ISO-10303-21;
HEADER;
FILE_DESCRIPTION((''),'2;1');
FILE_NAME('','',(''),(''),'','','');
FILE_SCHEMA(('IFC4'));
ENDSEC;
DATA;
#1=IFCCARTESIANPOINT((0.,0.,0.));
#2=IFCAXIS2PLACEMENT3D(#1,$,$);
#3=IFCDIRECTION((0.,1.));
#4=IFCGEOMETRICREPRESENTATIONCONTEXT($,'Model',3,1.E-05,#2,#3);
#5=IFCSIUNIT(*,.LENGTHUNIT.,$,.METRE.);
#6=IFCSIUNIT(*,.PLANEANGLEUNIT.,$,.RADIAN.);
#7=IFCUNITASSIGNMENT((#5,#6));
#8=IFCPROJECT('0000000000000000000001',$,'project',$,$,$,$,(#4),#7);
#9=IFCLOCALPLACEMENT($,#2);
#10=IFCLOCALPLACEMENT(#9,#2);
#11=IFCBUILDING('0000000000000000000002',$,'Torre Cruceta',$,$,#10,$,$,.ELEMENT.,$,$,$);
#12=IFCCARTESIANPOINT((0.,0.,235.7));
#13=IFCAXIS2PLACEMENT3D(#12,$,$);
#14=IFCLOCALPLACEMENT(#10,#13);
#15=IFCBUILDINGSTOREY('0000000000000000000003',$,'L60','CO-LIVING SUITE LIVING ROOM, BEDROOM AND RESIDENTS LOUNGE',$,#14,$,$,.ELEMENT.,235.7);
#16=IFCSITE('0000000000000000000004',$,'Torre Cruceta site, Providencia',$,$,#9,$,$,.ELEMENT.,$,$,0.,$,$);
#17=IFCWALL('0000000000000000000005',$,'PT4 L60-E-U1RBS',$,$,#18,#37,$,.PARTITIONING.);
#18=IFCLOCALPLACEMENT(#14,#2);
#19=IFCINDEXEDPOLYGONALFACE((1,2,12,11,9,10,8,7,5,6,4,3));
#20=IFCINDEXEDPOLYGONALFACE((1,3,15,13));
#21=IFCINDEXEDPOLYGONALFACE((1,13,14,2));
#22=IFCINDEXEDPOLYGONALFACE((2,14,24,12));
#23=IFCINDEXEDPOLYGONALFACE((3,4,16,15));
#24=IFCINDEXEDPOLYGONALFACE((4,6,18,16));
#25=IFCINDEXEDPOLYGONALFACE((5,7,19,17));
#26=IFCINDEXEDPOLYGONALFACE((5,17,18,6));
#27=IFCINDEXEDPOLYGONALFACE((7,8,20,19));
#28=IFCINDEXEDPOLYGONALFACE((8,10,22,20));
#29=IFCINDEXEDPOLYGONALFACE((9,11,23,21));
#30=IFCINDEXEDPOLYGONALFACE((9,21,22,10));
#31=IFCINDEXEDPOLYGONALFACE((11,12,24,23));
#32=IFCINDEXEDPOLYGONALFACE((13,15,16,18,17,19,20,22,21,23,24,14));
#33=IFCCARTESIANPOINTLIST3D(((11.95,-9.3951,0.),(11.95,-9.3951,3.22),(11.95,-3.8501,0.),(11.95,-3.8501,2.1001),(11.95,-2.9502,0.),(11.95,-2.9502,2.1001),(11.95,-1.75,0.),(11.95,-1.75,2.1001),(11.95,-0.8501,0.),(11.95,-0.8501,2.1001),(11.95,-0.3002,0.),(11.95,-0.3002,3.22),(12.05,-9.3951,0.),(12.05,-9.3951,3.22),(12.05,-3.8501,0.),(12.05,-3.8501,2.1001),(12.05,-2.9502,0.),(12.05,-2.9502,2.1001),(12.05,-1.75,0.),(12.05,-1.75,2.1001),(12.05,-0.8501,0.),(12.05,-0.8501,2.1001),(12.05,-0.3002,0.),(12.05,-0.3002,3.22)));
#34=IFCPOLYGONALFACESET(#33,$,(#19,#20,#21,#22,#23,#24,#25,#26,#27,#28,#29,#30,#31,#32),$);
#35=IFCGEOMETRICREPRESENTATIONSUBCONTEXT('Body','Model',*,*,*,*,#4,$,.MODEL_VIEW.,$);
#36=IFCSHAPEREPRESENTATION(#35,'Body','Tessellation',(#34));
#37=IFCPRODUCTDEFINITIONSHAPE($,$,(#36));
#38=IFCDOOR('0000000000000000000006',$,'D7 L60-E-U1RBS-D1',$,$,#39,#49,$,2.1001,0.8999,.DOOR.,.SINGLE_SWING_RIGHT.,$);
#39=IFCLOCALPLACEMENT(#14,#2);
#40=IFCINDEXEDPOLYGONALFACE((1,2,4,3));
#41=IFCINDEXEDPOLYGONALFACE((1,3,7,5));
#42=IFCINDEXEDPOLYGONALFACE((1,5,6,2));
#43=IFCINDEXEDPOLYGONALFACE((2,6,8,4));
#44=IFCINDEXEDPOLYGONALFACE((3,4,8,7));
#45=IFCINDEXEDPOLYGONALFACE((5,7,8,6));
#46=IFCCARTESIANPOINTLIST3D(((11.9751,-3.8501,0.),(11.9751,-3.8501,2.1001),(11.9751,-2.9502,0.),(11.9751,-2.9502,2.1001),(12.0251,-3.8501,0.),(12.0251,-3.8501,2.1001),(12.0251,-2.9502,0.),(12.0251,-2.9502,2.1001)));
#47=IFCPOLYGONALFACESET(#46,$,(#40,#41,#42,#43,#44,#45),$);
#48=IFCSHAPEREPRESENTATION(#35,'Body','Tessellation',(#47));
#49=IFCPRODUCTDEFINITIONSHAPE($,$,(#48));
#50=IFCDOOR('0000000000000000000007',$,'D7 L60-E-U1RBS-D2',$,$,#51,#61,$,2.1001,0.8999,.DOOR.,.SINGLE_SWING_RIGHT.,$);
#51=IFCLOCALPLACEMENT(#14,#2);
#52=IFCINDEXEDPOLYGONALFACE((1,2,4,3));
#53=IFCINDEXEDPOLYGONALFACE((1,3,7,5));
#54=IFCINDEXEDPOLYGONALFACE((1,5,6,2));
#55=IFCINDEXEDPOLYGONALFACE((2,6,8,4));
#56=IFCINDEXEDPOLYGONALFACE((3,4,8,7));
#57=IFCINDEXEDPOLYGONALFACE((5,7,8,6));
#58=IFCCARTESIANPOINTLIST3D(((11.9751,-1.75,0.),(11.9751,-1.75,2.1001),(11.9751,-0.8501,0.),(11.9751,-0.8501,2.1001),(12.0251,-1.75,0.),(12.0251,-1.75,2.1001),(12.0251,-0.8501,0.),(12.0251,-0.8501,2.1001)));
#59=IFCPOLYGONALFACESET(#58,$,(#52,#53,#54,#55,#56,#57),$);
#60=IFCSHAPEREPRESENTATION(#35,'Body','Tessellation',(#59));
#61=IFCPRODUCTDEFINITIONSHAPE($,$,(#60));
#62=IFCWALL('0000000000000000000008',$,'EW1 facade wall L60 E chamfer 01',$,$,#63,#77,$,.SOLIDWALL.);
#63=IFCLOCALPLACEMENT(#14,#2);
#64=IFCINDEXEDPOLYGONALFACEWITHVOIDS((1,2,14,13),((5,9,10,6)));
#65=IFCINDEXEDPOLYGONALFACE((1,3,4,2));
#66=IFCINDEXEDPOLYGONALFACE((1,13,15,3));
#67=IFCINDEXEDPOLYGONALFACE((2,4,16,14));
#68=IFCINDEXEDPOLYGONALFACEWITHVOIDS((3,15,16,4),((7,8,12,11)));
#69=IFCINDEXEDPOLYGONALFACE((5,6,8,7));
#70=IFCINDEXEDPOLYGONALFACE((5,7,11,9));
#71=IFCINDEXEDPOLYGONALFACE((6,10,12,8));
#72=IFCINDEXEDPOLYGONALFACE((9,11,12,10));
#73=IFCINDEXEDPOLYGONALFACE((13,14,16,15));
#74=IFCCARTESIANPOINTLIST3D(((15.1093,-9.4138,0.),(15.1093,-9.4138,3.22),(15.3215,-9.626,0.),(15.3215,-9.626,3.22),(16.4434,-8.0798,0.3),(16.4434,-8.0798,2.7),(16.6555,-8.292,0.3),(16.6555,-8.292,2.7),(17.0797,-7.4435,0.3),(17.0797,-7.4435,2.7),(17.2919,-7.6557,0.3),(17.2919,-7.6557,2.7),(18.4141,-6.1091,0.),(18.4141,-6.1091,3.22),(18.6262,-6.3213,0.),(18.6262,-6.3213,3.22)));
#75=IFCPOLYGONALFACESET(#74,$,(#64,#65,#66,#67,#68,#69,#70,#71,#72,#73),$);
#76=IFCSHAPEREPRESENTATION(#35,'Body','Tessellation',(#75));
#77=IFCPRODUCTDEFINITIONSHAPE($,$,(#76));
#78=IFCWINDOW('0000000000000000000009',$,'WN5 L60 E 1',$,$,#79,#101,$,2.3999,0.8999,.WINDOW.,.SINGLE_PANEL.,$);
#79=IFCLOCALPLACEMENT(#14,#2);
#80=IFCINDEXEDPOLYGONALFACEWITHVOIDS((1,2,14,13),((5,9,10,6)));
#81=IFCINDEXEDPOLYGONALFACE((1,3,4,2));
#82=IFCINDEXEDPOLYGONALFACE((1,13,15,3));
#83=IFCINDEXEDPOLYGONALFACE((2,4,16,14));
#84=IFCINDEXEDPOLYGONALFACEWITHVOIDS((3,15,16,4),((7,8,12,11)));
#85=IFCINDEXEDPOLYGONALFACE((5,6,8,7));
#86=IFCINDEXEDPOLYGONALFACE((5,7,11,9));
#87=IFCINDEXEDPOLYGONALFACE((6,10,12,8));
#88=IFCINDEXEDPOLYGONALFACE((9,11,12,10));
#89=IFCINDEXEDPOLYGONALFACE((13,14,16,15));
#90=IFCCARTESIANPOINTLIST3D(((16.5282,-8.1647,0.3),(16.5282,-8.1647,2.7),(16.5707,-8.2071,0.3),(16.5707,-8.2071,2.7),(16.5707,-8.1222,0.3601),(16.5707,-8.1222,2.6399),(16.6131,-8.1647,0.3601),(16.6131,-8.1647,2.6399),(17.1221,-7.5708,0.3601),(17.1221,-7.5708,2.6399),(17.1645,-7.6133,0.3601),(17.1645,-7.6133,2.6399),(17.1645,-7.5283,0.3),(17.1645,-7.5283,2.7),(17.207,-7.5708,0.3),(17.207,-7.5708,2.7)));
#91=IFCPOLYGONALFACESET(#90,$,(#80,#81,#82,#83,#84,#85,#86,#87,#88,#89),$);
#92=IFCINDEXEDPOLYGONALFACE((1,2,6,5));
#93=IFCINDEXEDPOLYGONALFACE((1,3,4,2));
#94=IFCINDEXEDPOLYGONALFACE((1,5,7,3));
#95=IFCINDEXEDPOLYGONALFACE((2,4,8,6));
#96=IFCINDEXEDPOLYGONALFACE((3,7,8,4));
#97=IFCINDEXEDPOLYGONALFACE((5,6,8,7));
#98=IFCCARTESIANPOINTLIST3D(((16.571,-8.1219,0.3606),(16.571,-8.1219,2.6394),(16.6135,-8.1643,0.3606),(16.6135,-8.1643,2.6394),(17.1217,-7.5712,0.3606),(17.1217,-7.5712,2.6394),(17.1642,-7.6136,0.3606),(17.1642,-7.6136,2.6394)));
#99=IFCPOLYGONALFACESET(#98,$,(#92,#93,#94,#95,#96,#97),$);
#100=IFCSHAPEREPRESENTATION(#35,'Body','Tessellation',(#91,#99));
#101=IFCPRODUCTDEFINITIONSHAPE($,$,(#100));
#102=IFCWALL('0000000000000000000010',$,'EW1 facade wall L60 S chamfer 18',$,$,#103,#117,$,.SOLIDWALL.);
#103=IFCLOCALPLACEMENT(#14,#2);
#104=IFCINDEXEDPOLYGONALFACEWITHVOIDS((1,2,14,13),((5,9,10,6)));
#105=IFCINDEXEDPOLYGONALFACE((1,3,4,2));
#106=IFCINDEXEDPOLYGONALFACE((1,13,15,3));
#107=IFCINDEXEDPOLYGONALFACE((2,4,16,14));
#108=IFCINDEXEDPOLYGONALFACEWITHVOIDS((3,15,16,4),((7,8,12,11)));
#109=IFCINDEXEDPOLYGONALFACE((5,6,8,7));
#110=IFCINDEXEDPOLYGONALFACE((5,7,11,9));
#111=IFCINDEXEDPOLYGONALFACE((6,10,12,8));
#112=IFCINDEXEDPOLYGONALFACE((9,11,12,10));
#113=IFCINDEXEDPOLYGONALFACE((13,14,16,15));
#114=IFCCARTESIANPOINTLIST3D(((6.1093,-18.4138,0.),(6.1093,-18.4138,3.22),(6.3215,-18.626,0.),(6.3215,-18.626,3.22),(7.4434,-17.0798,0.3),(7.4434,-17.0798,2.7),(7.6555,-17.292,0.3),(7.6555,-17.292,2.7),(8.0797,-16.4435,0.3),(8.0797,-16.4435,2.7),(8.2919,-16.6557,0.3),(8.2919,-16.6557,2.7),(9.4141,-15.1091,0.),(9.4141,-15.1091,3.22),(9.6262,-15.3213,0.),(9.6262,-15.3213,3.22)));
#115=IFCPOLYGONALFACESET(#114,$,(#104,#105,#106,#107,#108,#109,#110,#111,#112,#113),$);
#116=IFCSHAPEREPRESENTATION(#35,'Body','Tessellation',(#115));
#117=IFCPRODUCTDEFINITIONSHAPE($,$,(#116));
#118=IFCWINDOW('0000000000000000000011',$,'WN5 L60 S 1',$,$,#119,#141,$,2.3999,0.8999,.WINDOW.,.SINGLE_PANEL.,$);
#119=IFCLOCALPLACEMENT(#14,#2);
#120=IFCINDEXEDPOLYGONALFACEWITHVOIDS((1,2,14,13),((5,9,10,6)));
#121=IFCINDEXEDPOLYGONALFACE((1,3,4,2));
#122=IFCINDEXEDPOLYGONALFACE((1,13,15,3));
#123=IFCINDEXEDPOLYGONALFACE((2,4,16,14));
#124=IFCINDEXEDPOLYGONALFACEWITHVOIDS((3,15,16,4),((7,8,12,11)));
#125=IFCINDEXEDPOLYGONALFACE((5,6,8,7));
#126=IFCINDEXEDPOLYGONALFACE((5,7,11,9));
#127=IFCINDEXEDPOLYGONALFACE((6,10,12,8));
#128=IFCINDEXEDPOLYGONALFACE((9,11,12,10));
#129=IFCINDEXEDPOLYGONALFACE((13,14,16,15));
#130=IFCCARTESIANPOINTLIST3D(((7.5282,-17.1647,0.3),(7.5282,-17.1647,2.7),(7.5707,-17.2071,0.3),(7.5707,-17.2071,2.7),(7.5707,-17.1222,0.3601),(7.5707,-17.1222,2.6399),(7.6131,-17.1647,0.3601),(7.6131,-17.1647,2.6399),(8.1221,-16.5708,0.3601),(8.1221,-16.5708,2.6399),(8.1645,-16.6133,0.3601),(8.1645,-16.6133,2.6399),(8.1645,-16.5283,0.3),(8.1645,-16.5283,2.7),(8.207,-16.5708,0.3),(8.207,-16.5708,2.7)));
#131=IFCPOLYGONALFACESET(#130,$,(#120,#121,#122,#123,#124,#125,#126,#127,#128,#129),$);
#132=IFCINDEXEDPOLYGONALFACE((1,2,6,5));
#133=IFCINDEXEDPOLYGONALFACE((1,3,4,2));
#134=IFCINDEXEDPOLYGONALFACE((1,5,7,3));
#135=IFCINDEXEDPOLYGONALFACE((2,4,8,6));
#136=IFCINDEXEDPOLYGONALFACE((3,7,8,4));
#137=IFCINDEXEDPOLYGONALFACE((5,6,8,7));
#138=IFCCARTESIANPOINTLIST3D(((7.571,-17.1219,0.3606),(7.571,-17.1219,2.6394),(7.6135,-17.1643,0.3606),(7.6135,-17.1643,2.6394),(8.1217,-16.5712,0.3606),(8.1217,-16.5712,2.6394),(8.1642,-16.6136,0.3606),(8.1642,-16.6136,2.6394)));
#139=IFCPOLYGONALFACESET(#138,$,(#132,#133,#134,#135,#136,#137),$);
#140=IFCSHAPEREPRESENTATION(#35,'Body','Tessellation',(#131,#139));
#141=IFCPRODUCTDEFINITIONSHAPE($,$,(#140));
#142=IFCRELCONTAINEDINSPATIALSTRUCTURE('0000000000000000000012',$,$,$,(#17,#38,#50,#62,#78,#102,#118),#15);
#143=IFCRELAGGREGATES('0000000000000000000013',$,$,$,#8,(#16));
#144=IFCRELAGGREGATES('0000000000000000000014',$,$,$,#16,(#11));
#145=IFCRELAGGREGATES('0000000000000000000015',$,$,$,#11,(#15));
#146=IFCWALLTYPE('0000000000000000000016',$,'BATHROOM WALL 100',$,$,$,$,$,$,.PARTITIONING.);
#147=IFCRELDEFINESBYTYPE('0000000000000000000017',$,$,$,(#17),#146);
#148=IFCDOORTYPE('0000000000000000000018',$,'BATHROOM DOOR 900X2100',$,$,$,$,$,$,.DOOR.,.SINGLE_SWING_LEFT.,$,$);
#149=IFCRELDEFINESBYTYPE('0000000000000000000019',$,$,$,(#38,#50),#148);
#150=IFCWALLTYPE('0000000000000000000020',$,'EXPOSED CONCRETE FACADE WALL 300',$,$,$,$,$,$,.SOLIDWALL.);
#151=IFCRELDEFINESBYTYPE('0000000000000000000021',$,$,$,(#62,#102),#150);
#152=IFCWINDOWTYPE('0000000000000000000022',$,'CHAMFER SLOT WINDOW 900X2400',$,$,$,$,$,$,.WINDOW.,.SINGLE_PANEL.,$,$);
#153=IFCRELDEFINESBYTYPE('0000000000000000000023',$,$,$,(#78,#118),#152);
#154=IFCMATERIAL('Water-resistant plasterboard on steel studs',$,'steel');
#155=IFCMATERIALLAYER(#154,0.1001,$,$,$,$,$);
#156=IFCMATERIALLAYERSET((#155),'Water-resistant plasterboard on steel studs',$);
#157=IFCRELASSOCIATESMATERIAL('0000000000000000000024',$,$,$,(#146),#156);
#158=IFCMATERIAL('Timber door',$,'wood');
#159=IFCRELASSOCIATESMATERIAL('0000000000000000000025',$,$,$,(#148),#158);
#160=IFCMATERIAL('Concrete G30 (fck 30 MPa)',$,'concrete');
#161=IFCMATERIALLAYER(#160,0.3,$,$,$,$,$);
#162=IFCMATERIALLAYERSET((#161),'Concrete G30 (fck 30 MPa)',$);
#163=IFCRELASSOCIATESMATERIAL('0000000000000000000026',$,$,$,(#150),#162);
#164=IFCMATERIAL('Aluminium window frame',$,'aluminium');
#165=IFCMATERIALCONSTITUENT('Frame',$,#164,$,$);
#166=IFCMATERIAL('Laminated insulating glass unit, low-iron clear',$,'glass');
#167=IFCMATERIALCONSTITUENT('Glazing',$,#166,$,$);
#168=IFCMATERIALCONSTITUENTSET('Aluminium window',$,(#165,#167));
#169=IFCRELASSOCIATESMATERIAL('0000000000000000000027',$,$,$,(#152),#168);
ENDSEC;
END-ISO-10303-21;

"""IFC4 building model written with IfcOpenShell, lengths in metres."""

from ifc_helpers import new_model, si_unit, direction, frame, frame_2d, origin, place, context, subcontext, project, spatial, rectangle, hollow_rectangle, extrude, material, layer, layer_set, constituent, constituent_set, type_object, element, fill, save


model = new_model("IFC4")

# Units and contexts
model_context = context("Model", 3, precision=1e-05, world=origin(), true_north=direction((0.0, 1.0)))
body_context = subcontext(model_context, "Body", "Model", "MODEL_VIEW")
ifc_project = project(units=[si_unit("LENGTHUNIT", "METRE"), si_unit("PLANEANGLEUNIT", "RADIAN")], contexts=[model_context])

# Site, building, storey
site_placement = place(None, origin())
site = spatial("IfcSite", under=ifc_project, at=site_placement, Name="Torre Cruceta site, Providencia", CompositionType="ELEMENT", RefElevation=0.0)
building_placement = place(site_placement, origin())
building = spatial("IfcBuilding", under=site, at=building_placement, Name="Torre Cruceta", CompositionType="ELEMENT")
storey_placement = place(building_placement, frame((0.0, 0.0, 235.7)))
storey = spatial("IfcBuildingStorey", under=building, at=storey_placement, Name="L60", Description="CO-LIVING SUITE LIVING ROOM, BEDROOM AND RESIDENTS LOUNGE", CompositionType="ELEMENT", Elevation=235.7)

# Wall, openings, doors
ifc_material_1 = material(Name="Water-resistant plasterboard on steel studs", Category="steel")
ifc_layer_1 = layer(ifc_material_1, 0.1001)
ifc_layer_set_1 = layer_set([ifc_layer_1], Name="Water-resistant plasterboard on steel studs")
wall_type_1 = type_object("IfcWallType", Name="BATHROOM WALL 100", PredefinedType="PARTITIONING", material=ifc_layer_set_1)
wall_1_placement = place(storey_placement, frame((12.0, -9.395, 0.0), z_axis=(0.0, 0.0, 1.0), x_axis=(0.0, 1.0, 0.0)))
wall_1 = element("IfcWall", 1, at=wall_1_placement, inside=storey, type_object=wall_type_1, Name="PT4 L60-E-U1RBS", PredefinedType="PARTITIONING", context=body_context, shape_type="SweptSolid", body=[
    extrude(rectangle(XDim=9.095, YDim=0.1001, at=frame_2d((4.5474, 0.0))), origin(), (0.0, 0.0, 1.0), 3.22),
])
opening_1_placement = place(wall_1_placement, frame((5.5449, 0.0, 0.0)))
opening_1 = element("IfcOpeningElement", 2, at=opening_1_placement, cuts=wall_1, PredefinedType="OPENING", context=body_context, shape_type="SweptSolid", body=[
    extrude(rectangle(XDim=0.8999, YDim=2.1001, at=frame_2d((0.45, 1.05))), frame((0.0, 0.0601, 0.0), z_axis=(0.0, -1.0, 0.0), x_axis=(1.0, 0.0, 0.0)), (0.0, 0.0, 1.0), 0.1201),
])
opening_2_placement = place(wall_1_placement, frame((7.645, 0.0, 0.0)))
opening_2 = element("IfcOpeningElement", 3, at=opening_2_placement, cuts=wall_1, PredefinedType="OPENING", context=body_context, shape_type="SweptSolid", body=[
    extrude(rectangle(XDim=0.8999, YDim=2.1001, at=frame_2d((0.45, 1.05))), frame((0.0, 0.0601, 0.0), z_axis=(0.0, -1.0, 0.0), x_axis=(1.0, 0.0, 0.0)), (0.0, 0.0, 1.0), 0.1201),
])
ifc_material_2 = material(Name="Timber door", Category="wood")
door_type_1 = type_object("IfcDoorType", Name="BATHROOM DOOR 900X2100", OperationType="SINGLE_SWING_LEFT", PredefinedType="DOOR", material=ifc_material_2)
door_1_placement = place(opening_1_placement, origin())
door_1 = element("IfcDoor", 4, at=door_1_placement, inside=storey, type_object=door_type_1, Name="D7 L60-E-U1RBS-D1", OperationType="SINGLE_SWING_RIGHT", OverallHeight=2.1001, OverallWidth=0.8999, PredefinedType="DOOR", context=body_context, shape_type="SweptSolid", body=[
    extrude(rectangle(XDim=0.8999, YDim=2.1001, at=frame_2d((0.45, 1.05))), frame((0.0, 0.0249, 0.0), z_axis=(0.0, -1.0, 0.0), x_axis=(1.0, 0.0, 0.0)), (0.0, 0.0, 1.0), 0.05),
])
fill(opening_1, door_1)
door_2_placement = place(opening_2_placement, origin())
door_2 = element("IfcDoor", 5, at=door_2_placement, inside=storey, type_object=door_type_1, Name="D7 L60-E-U1RBS-D2", OperationType="SINGLE_SWING_RIGHT", OverallHeight=2.1001, OverallWidth=0.8999, PredefinedType="DOOR", context=body_context, shape_type="SweptSolid", body=[
    extrude(rectangle(XDim=0.8999, YDim=2.1001, at=frame_2d((0.45, 1.05))), frame((0.0, 0.0249, 0.0), z_axis=(0.0, -1.0, 0.0), x_axis=(1.0, 0.0, 0.0)), (0.0, 0.0, 1.0), 0.05),
])
fill(opening_2, door_2)

# Walls, openings, windows
ifc_material_3 = material(Name="Concrete G30 (fck 30 MPa)", Category="concrete")
ifc_layer_2 = layer(ifc_material_3, 0.3)
ifc_layer_set_2 = layer_set([ifc_layer_2], Name="Concrete G30 (fck 30 MPa)")
wall_type_2 = type_object("IfcWallType", Name="EXPOSED CONCRETE FACADE WALL 300", PredefinedType="SOLIDWALL", material=ifc_layer_set_2)
wall_2_placement = place(storey_placement, frame((15.2153, -9.52, 0.0), z_axis=(0.0, 0.0, 1.0), x_axis=(0.707107, 0.707107, 0.0)))
wall_2 = element("IfcWall", 6, at=wall_2_placement, inside=storey, type_object=wall_type_2, Name="EW1 facade wall L60 E chamfer 01", PredefinedType="SOLIDWALL", context=body_context, shape_type="SweptSolid", body=[
    extrude(rectangle(XDim=4.6736, YDim=0.3, at=frame_2d((2.3369, 0.0))), origin(), (0.0, 0.0, 1.0), 3.22),
])
opening_3_placement = place(wall_2_placement, frame((1.8867, 0.0, 0.3)))
opening_3 = element("IfcOpeningElement", 7, at=opening_3_placement, cuts=wall_2, PredefinedType="OPENING", context=body_context, shape_type="SweptSolid", body=[
    extrude(rectangle(XDim=0.8999, YDim=2.3999, at=frame_2d((0.45, 1.2))), frame((0.0, 0.1599, 0.0), z_axis=(0.0, -1.0, 0.0), x_axis=(1.0, 0.0, 0.0)), (0.0, 0.0, 1.0), 0.3201),
])
ifc_material_4 = material(Name="Aluminium window frame", Category="aluminium")
ifc_constituent_1 = constituent(ifc_material_4, Name="Frame")
ifc_material_5 = material(Name="Laminated insulating glass unit, low-iron clear", Category="glass")
ifc_constituent_2 = constituent(ifc_material_5, Name="Glazing")
ifc_constituent_set_1 = constituent_set(constituents=[ifc_constituent_1, ifc_constituent_2], Name="Aluminium window")
window_type = type_object("IfcWindowType", Name="CHAMFER SLOT WINDOW 900X2400", PartitioningType="SINGLE_PANEL", PredefinedType="WINDOW", material=ifc_constituent_set_1)
window_1_placement = place(opening_3_placement, origin())
window_1 = element("IfcWindow", 8, at=window_1_placement, inside=storey, type_object=window_type, Name="WN5 L60 E 1", OverallHeight=2.3999, OverallWidth=0.8999, PartitioningType="SINGLE_PANEL", PredefinedType="WINDOW", context=body_context, shape_type="SweptSolid", body=[
    extrude(hollow_rectangle(XDim=0.8999, YDim=2.3999, WallThickness=0.0601, at=frame_2d((0.45, 1.2))), frame((0.0, 0.03, 0.0), z_axis=(0.0, -1.0, 0.0), x_axis=(1.0, 0.0, 0.0)), (0.0, 0.0, 1.0), 0.0601),
    extrude(rectangle(XDim=0.7788, YDim=2.2788, at=frame_2d((0.45, 1.2))), frame((0.0, 0.03, 0.0), z_axis=(0.0, -1.0, 0.0), x_axis=(1.0, 0.0, 0.0)), (0.0, 0.0, 1.0), 0.0601),
])
fill(opening_3, window_1)
wall_3_placement = place(storey_placement, frame((6.2153, -18.52, 0.0), z_axis=(0.0, 0.0, 1.0), x_axis=(0.707107, 0.707107, 0.0)))
wall_3 = element("IfcWall", 9, at=wall_3_placement, inside=storey, type_object=wall_type_2, Name="EW1 facade wall L60 S chamfer 18", PredefinedType="SOLIDWALL", context=body_context, shape_type="SweptSolid", body=[
    extrude(rectangle(XDim=4.6736, YDim=0.3, at=frame_2d((2.3369, 0.0))), origin(), (0.0, 0.0, 1.0), 3.22),
])
opening_4_placement = place(wall_3_placement, frame((1.8867, 0.0, 0.3)))
opening_4 = element("IfcOpeningElement", 10, at=opening_4_placement, cuts=wall_3, PredefinedType="OPENING", context=body_context, shape_type="SweptSolid", body=[
    extrude(rectangle(XDim=0.8999, YDim=2.3999, at=frame_2d((0.45, 1.2))), frame((0.0, 0.1599, 0.0), z_axis=(0.0, -1.0, 0.0), x_axis=(1.0, 0.0, 0.0)), (0.0, 0.0, 1.0), 0.3201),
])
window_2_placement = place(opening_4_placement, origin())
window_2 = element("IfcWindow", 11, at=window_2_placement, inside=storey, type_object=window_type, Name="WN5 L60 S 1", OverallHeight=2.3999, OverallWidth=0.8999, PartitioningType="SINGLE_PANEL", PredefinedType="WINDOW", context=body_context, shape_type="SweptSolid", body=[
    extrude(hollow_rectangle(XDim=0.8999, YDim=2.3999, WallThickness=0.0601, at=frame_2d((0.45, 1.2))), frame((0.0, 0.03, 0.0), z_axis=(0.0, -1.0, 0.0), x_axis=(1.0, 0.0, 0.0)), (0.0, 0.0, 1.0), 0.0601),
    extrude(rectangle(XDim=0.7788, YDim=2.2788, at=frame_2d((0.45, 1.2))), frame((0.0, 0.03, 0.0), z_axis=(0.0, -1.0, 0.0), x_axis=(1.0, 0.0, 0.0)), (0.0, 0.0, 1.0), 0.0601),
])
fill(opening_4, window_2)

save(model, "model.ifc")
